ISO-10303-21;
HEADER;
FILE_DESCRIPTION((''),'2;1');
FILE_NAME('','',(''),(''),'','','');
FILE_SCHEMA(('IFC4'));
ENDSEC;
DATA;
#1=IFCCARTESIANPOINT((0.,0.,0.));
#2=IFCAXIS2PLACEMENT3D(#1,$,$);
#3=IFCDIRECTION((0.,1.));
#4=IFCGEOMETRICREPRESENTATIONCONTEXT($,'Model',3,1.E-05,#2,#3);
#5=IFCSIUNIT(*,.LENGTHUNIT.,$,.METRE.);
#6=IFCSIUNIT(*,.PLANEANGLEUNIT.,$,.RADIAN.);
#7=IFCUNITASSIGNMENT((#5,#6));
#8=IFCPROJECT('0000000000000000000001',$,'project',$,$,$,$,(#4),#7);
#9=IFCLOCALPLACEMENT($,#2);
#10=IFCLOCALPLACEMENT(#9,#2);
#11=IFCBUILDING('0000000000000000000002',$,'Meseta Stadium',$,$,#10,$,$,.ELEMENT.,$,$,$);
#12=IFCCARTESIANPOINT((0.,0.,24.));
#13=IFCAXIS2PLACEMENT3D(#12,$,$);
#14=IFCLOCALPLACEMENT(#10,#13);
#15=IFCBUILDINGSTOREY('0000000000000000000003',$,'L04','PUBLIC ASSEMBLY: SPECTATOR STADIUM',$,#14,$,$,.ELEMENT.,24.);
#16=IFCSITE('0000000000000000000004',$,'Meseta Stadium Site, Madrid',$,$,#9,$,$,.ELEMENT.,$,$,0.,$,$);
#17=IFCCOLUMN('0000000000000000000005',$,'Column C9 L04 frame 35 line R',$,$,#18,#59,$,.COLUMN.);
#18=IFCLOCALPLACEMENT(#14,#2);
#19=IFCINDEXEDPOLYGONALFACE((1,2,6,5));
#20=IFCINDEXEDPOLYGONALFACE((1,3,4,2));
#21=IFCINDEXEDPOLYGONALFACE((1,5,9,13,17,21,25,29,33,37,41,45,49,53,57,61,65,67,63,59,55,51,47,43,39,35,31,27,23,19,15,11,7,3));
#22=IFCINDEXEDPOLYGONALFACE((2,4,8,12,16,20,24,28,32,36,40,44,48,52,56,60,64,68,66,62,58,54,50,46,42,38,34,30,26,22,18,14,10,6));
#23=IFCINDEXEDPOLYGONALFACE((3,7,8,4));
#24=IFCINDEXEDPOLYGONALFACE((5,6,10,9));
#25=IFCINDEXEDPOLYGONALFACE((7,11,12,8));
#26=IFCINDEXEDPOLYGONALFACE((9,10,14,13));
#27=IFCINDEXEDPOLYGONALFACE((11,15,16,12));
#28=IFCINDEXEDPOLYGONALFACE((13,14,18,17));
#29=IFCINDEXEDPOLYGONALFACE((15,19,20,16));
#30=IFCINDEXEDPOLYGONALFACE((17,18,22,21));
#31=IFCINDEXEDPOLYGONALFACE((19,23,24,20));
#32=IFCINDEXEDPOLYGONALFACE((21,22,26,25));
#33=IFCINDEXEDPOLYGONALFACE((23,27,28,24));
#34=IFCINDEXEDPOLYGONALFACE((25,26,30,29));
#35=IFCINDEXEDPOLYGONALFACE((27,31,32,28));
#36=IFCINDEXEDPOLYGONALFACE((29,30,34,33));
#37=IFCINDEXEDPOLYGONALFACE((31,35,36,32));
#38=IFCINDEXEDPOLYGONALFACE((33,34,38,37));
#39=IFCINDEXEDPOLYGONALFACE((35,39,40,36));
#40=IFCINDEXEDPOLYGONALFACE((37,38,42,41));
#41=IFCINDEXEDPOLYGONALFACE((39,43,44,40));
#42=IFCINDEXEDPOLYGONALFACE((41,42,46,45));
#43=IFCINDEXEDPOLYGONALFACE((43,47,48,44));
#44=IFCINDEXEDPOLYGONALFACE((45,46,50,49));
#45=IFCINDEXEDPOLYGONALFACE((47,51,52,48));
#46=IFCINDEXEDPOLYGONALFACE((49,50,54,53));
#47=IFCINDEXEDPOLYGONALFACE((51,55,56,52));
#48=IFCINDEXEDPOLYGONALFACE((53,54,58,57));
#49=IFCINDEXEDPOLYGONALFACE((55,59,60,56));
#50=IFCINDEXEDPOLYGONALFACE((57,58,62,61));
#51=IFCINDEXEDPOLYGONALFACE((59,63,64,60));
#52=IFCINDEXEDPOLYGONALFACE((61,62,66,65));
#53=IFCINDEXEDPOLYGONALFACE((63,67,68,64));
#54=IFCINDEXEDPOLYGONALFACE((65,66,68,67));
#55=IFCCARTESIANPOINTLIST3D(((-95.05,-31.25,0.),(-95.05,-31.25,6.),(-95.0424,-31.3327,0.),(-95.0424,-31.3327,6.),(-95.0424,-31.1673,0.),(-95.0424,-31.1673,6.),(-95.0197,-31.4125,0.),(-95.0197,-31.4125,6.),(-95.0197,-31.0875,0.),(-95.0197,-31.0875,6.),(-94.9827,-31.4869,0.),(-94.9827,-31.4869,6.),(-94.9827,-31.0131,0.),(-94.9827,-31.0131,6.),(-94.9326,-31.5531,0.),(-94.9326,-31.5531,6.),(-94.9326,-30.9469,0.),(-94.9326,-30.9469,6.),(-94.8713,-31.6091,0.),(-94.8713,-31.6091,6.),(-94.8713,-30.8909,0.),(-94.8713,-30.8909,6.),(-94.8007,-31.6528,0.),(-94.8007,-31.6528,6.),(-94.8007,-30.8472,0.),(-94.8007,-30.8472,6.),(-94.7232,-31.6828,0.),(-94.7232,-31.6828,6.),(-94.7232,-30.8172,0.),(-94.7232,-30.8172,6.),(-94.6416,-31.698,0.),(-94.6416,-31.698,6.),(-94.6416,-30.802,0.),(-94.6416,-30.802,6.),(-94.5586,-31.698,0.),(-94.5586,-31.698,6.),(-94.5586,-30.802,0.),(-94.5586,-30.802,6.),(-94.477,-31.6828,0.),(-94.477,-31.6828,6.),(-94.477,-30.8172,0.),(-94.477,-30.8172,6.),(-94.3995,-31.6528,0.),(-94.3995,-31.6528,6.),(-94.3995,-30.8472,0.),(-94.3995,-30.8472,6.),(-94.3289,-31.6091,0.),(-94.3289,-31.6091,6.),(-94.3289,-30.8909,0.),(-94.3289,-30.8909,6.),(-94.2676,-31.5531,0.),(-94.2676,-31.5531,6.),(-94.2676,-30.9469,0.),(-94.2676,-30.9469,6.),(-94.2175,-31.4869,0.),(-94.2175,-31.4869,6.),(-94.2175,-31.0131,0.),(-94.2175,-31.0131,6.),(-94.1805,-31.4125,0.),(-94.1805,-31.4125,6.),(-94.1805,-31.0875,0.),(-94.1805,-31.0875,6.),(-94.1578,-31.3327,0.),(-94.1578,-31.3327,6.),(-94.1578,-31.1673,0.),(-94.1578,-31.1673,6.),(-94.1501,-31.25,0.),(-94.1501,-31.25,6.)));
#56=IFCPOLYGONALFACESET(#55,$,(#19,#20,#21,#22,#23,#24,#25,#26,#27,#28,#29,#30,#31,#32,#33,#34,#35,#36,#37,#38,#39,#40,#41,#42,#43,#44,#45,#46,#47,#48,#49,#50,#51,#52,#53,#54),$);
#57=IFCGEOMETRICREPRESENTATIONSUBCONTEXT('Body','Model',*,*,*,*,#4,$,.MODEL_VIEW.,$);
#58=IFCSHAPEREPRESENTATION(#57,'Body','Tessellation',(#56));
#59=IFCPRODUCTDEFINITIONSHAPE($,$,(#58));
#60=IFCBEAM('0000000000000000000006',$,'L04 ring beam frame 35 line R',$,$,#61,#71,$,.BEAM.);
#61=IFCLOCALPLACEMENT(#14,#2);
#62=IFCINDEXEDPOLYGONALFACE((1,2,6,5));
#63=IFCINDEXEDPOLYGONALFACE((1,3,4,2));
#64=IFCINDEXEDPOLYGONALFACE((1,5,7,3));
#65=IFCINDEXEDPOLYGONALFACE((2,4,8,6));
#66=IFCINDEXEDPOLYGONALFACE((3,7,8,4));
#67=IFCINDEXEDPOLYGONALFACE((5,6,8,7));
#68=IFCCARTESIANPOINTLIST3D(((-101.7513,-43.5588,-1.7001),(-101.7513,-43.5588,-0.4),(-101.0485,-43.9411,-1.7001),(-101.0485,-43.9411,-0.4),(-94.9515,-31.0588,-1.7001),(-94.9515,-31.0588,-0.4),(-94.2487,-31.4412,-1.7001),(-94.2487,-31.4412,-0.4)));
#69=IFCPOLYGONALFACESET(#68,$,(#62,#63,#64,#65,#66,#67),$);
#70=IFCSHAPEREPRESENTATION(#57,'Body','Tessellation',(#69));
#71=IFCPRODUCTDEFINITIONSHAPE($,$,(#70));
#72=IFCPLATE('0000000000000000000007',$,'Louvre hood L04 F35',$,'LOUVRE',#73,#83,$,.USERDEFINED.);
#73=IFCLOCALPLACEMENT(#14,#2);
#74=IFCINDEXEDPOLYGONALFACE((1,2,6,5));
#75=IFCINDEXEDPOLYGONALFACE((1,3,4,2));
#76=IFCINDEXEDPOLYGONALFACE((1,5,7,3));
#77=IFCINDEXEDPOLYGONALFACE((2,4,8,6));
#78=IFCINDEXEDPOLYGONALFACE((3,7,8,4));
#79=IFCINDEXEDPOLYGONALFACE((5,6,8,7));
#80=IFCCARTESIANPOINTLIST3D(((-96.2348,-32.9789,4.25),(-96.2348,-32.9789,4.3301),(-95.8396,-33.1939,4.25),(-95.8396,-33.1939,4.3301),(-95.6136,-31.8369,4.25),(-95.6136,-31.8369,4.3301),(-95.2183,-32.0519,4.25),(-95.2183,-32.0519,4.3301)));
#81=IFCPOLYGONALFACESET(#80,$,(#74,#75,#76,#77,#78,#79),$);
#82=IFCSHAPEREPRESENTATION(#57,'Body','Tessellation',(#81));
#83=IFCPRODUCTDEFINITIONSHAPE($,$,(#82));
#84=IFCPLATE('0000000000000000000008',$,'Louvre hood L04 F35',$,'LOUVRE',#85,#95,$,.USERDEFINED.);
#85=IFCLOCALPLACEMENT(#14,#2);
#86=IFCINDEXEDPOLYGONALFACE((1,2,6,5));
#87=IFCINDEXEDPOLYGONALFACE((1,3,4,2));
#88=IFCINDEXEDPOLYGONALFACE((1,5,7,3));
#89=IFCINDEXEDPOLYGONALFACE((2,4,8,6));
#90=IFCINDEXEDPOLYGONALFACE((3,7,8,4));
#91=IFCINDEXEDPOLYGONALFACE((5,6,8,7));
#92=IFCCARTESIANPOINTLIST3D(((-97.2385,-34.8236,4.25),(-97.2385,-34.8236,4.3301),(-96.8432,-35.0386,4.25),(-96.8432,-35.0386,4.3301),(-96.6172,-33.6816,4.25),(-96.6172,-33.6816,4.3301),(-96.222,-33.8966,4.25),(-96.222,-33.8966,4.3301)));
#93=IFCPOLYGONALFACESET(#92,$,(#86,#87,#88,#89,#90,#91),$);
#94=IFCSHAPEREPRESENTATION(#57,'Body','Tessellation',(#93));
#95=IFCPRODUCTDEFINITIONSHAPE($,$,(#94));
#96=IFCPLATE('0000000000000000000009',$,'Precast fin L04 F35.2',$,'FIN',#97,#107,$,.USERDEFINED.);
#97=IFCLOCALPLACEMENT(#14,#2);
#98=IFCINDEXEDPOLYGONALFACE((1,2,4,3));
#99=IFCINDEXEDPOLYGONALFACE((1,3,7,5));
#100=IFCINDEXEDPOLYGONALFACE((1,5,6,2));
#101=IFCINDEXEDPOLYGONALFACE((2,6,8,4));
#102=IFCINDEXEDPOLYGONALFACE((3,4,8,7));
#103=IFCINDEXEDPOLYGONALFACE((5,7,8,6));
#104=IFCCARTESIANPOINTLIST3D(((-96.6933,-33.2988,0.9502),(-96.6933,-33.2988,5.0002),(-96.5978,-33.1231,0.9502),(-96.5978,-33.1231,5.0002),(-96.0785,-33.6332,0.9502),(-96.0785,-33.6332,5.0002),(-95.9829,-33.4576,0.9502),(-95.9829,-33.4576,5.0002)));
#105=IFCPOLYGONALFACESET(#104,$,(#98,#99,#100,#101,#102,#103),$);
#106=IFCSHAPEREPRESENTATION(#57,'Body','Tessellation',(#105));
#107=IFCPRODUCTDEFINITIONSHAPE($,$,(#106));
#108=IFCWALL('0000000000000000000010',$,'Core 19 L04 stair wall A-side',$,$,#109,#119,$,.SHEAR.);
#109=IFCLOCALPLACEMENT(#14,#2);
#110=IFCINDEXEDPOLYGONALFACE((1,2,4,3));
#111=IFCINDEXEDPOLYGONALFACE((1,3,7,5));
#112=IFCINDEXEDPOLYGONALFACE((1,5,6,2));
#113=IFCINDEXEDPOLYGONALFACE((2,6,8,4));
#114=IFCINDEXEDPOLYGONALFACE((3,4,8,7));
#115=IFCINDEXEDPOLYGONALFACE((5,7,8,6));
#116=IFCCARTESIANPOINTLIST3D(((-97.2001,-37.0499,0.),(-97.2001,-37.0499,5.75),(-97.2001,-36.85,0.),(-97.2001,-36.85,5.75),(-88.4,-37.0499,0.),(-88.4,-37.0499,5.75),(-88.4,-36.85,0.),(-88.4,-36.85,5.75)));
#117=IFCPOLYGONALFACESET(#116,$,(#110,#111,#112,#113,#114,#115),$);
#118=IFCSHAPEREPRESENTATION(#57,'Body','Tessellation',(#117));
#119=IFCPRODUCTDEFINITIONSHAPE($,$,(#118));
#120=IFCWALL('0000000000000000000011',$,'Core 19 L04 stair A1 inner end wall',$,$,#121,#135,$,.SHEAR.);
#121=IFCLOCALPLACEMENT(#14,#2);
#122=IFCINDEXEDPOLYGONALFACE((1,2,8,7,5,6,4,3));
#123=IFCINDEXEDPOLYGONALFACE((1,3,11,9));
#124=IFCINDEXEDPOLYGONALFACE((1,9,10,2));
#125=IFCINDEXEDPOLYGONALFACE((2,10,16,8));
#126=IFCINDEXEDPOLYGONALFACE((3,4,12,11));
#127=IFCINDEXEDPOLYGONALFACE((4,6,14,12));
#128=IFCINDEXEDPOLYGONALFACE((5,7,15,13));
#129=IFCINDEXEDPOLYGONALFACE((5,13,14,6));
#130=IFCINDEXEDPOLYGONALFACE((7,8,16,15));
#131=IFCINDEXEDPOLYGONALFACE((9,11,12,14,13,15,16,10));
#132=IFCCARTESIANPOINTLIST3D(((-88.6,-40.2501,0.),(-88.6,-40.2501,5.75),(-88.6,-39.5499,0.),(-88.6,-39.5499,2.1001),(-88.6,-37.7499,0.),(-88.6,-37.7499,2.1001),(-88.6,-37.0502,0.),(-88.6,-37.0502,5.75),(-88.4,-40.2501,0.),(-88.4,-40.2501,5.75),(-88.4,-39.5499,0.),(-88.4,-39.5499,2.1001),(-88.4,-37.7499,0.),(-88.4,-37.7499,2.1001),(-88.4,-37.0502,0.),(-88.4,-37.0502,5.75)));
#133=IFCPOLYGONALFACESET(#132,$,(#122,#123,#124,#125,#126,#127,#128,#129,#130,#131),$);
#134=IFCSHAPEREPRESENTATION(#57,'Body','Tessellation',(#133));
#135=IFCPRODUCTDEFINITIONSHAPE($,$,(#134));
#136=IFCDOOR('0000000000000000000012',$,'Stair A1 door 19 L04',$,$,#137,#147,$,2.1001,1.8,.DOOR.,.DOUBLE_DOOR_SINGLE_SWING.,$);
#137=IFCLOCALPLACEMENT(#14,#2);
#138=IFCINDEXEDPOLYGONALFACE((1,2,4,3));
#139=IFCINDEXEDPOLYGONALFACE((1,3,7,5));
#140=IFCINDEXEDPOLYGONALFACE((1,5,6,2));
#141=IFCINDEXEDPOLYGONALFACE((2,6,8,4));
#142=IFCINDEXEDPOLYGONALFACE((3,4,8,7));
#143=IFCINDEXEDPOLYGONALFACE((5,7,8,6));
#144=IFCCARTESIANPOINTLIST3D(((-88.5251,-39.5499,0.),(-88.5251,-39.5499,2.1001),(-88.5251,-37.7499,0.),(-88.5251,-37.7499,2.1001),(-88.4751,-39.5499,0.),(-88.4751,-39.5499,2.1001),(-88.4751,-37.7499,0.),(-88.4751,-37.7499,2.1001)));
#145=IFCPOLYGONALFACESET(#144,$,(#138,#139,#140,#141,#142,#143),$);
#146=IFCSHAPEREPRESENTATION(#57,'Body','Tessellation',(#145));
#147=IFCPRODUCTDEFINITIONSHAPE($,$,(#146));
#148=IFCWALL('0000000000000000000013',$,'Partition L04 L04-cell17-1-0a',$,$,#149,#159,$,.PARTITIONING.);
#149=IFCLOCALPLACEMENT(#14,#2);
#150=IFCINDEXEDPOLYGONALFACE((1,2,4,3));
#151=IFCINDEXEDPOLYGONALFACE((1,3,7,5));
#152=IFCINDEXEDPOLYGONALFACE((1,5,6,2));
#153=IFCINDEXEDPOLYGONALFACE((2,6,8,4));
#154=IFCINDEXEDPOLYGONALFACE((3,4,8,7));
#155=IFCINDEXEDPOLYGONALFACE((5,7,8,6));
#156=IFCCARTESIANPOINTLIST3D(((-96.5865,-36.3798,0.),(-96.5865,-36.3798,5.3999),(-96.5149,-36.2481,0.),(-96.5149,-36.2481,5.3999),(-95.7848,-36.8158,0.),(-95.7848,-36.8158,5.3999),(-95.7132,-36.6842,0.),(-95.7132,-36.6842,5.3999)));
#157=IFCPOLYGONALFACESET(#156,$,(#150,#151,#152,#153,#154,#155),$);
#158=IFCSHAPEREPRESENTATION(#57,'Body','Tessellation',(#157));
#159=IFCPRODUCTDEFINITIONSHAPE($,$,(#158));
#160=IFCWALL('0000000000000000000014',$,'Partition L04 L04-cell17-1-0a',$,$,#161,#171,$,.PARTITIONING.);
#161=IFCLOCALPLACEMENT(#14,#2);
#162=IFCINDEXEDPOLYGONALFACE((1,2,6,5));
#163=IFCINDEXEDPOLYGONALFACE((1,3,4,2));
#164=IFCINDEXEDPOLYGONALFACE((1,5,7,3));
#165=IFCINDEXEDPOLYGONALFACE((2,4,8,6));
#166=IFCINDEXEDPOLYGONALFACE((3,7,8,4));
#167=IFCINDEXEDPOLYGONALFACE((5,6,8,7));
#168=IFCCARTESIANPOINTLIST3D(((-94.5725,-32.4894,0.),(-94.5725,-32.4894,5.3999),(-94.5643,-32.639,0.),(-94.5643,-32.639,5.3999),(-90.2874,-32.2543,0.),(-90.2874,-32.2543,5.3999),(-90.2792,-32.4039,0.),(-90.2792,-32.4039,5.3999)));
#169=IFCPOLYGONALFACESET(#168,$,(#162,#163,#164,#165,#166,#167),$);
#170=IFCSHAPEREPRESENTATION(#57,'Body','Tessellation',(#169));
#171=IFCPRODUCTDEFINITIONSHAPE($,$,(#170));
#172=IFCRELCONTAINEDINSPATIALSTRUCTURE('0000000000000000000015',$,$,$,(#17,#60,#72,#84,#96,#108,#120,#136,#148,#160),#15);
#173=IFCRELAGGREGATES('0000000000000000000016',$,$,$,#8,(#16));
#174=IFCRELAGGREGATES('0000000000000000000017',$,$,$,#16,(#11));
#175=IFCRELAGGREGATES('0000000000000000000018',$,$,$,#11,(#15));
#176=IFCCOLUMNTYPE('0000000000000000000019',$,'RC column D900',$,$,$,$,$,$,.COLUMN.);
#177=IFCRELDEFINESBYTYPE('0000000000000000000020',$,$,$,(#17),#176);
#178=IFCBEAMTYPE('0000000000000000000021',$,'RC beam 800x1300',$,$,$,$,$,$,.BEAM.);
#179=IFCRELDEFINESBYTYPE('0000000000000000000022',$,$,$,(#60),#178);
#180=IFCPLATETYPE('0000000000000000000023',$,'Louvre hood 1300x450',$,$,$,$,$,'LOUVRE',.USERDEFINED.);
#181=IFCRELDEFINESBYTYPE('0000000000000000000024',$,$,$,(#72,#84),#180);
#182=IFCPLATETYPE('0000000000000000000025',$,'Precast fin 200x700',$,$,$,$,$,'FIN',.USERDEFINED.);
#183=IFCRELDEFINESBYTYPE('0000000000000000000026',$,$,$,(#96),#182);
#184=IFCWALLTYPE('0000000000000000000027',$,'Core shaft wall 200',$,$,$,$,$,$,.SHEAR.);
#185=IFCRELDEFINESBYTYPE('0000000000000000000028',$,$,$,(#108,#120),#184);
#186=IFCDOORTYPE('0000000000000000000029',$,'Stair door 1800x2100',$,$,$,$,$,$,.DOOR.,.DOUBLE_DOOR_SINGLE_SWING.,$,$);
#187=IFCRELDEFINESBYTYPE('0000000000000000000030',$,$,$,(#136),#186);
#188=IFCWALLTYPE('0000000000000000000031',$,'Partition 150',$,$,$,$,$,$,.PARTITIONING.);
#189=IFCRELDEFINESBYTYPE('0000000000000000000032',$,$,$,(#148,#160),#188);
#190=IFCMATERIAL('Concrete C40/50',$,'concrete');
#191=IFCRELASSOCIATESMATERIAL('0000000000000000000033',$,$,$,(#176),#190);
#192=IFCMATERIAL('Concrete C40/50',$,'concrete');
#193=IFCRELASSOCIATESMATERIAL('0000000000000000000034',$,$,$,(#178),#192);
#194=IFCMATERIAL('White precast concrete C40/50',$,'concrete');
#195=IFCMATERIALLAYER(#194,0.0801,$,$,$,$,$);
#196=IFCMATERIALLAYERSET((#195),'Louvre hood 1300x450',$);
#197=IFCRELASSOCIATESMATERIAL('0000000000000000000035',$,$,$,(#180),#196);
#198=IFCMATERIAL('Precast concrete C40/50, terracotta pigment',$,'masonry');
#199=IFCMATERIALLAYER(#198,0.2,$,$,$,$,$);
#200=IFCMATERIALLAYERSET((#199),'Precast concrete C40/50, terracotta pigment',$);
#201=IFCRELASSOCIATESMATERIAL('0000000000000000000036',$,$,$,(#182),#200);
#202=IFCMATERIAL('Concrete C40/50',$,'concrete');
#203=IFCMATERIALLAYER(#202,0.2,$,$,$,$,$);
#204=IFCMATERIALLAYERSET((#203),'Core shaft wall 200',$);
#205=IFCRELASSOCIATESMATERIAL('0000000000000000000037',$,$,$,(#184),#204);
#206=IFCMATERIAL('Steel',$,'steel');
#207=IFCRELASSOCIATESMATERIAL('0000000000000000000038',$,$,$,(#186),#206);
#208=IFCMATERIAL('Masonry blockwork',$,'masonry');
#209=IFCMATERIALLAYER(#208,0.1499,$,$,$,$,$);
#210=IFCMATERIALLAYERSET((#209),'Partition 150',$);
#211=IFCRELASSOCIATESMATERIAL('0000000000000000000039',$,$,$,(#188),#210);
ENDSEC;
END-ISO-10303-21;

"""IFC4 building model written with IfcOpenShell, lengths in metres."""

from ifc_helpers import new_model, si_unit, direction, frame, frame_2d, origin, origin_2d, place, context, subcontext, project, spatial, rectangle, circle, extrude, material, layer, layer_set, material_profile, profile_set, type_object, element, fill, save


model = new_model("IFC4")

# Units and contexts
model_context = context("Model", 3, precision=1e-05, world=origin(), true_north=direction((0.0, 1.0)))
body_context = subcontext(model_context, "Body", "Model", "MODEL_VIEW")
ifc_project = project(units=[si_unit("LENGTHUNIT", "METRE"), si_unit("PLANEANGLEUNIT", "RADIAN")], contexts=[model_context])

# Site, building, storey
site_placement = place(None, origin())
site = spatial("IfcSite", under=ifc_project, at=site_placement, Name="Meseta Stadium Site, Madrid", CompositionType="ELEMENT", RefElevation=0.0)
building_placement = place(site_placement, origin())
building = spatial("IfcBuilding", under=site, at=building_placement, Name="Meseta Stadium", CompositionType="ELEMENT")
storey_placement = place(building_placement, frame((0.0, 0.0, 24.0)))
storey = spatial("IfcBuildingStorey", under=building, at=storey_placement, Name="L04", Description="PUBLIC ASSEMBLY: SPECTATOR STADIUM", CompositionType="ELEMENT", Elevation=24.0)

# Column
ifc_material_1 = material(Name="Concrete C40/50", Category="concrete")
ifc_material_profile_1 = material_profile(ifc_material_1, circle(Radius=0.45, at=origin_2d()), Name="RC D900")
ifc_profile_set_1 = profile_set([ifc_material_profile_1], Name="Concrete C40/50")
column_type = type_object("IfcColumnType", Name="RC column D900", PredefinedType="COLUMN", material=ifc_profile_set_1)
column_placement = place(storey_placement, frame((-94.6001, -31.25, 0.0), z_axis=(0.0, 0.0, 1.0), x_axis=(1.0, 0.0, 0.0)))
element("IfcColumn", 1, at=column_placement, inside=storey, type_object=column_type, Name="Column C9 L04 frame 35 line R", PredefinedType="COLUMN", context=body_context, shape_type="SweptSolid", body=[
    extrude(circle(Radius=0.45, at=origin_2d()), origin(), (0.0, 0.0, 1.0), 6.0),
])

# Beam
ifc_material_2 = material(Name="Concrete C40/50", Category="concrete")
ifc_material_profile_2 = material_profile(ifc_material_2, rectangle(XDim=0.8, YDim=1.3, at=origin_2d()), Name="RC 800x1300")
ifc_profile_set_2 = profile_set([ifc_material_profile_2], Name="Concrete C40/50")
beam_type = type_object("IfcBeamType", Name="RC beam 800x1300", PredefinedType="BEAM", material=ifc_profile_set_2)
beam_placement = place(storey_placement, frame((-94.6001, -31.25, -1.05), z_axis=(-0.477856, -0.878438, 0.0), x_axis=(0.878438, -0.477856, 0.0)))
element("IfcBeam", 2, at=beam_placement, inside=storey, type_object=beam_type, Name="L04 ring beam frame 35 line R", PredefinedType="BEAM", context=body_context, shape_type="SweptSolid", body=[
    extrude(rectangle(XDim=0.8, YDim=1.3, at=origin_2d()), origin(), (0.0, 0.0, 1.0), 14.2297),
])

# Plates
ifc_material_3 = material(Name="White precast concrete C40/50", Category="concrete")
ifc_layer_1 = layer(ifc_material_3, 0.0801)
ifc_layer_set_1 = layer_set([ifc_layer_1], Name="Louvre hood 1300x450")
plate_type_1 = type_object("IfcPlateType", Name="Louvre hood 1300x450", ElementType="LOUVRE", PredefinedType="USERDEFINED", material=ifc_layer_set_1)
for number, where, z_axis, x_axis, name in (
    (3, (-95.7266, -32.5154, 4.25), (0.0, 0.0, 1.0), (-0.477867, -0.878432, 0.0), "Louvre hood L04 F35"),
    (4, (-96.7302, -34.3601, 4.25), (0.0, 0.0, 1.0), (-0.477867, -0.878432, 0.0), "Louvre hood L04 F35"),
):
    element("IfcPlate", number, at=place(storey_placement, frame(where, z_axis=z_axis, x_axis=x_axis)), inside=storey, type_object=plate_type_1, Name=name, ObjectType="LOUVRE", PredefinedType="USERDEFINED", context=body_context, shape_type="SweptSolid", body=[
        extrude(rectangle(XDim=1.3, YDim=0.45, at=origin_2d()), origin(), (0.0, 0.0, 1.0), 0.0801),
    ])
ifc_material_4 = material(Name="Precast concrete C40/50, terracotta pigment", Category="masonry")
ifc_layer_2 = layer(ifc_material_4, 0.2)
ifc_layer_set_2 = layer_set([ifc_layer_2], Name="Precast concrete C40/50, terracotta pigment")
plate_type_2 = type_object("IfcPlateType", Name="Precast fin 200x700", ElementType="FIN", PredefinedType="USERDEFINED", material=ifc_layer_set_2)
plate_placement = place(storey_placement, frame((-96.3381, -33.3782, 0.9502), z_axis=(0.0, 0.0, 1.0), x_axis=(0.477867, 0.878432, 0.0)))
element("IfcPlate", 5, at=plate_placement, inside=storey, type_object=plate_type_2, Name="Precast fin L04 F35.2", ObjectType="FIN", PredefinedType="USERDEFINED", context=body_context, shape_type="SweptSolid", body=[
    extrude(rectangle(XDim=0.2, YDim=0.7, at=origin_2d()), origin(), (0.0, 0.0, 1.0), 4.05),
])

# Wall
ifc_material_5 = material(Name="Concrete C40/50", Category="concrete")
ifc_layer_3 = layer(ifc_material_5, 0.2)
ifc_layer_set_3 = layer_set([ifc_layer_3], Name="Core shaft wall 200")
wall_type_1 = type_object("IfcWallType", Name="Core shaft wall 200", PredefinedType="SHEAR", material=ifc_layer_set_3)
wall_1_placement = place(storey_placement, frame((-97.2, -36.95, 0.0), z_axis=(0.0, 0.0, 1.0), x_axis=(1.0, 0.0, 0.0)))
element("IfcWall", 6, at=wall_1_placement, inside=storey, type_object=wall_type_1, Name="Core 19 L04 stair wall A-side", PredefinedType="SHEAR", context=body_context, shape_type="SweptSolid", body=[
    extrude(rectangle(XDim=8.8, YDim=0.2, at=frame_2d((4.3999, 0.0))), origin(), (0.0, 0.0, 1.0), 5.75),
])

# Wall, opening, door
wall_2_placement = place(storey_placement, frame((-88.5, -37.05, 0.0), z_axis=(0.0, 0.0, 1.0), x_axis=(0.0, -1.0, 0.0)))
wall_2 = element("IfcWall", 7, at=wall_2_placement, inside=storey, type_object=wall_type_1, Name="Core 19 L04 stair A1 inner end wall", PredefinedType="SHEAR", context=body_context, shape_type="SweptSolid", body=[
    extrude(rectangle(XDim=3.2, YDim=0.2, at=frame_2d((1.6001, 0.0))), origin(), (0.0, 0.0, 1.0), 5.75),
])
opening_1_placement = place(wall_2_placement, frame((0.7, 0.0, 0.0)))
opening_1 = element("IfcOpeningElement", 8, at=opening_1_placement, cuts=wall_2, PredefinedType="OPENING", context=body_context, shape_type="SweptSolid", body=[
    extrude(rectangle(XDim=1.8, YDim=2.1001, at=frame_2d((0.8999, 1.05))), frame((0.0, 0.1099, 0.0), z_axis=(0.0, -1.0, 0.0), x_axis=(1.0, 0.0, 0.0)), (0.0, 0.0, 1.0), 0.22),
])
ifc_material_6 = material(Name="Steel", Category="steel")
door_type_1 = type_object("IfcDoorType", Name="Stair door 1800x2100", OperationType="DOUBLE_DOOR_SINGLE_SWING", PredefinedType="DOOR", material=ifc_material_6)
door_1_placement = place(opening_1_placement, origin())
door_1 = element("IfcDoor", 9, at=door_1_placement, inside=storey, type_object=door_type_1, Name="Stair A1 door 19 L04", OperationType="DOUBLE_DOOR_SINGLE_SWING", OverallHeight=2.1001, OverallWidth=1.8, PredefinedType="DOOR", context=body_context, shape_type="SweptSolid", body=[
    extrude(rectangle(XDim=1.8, YDim=2.1001, at=frame_2d((0.8999, 1.05))), frame((0.0, 0.0249, 0.0), z_axis=(0.0, -1.0, 0.0), x_axis=(1.0, 0.0, 0.0)), (0.0, 0.0, 1.0), 0.05),
])
fill(opening_1, door_1)

# Walls
ifc_material_7 = material(Name="Masonry blockwork", Category="masonry")
ifc_layer_4 = layer(ifc_material_7, 0.1499)
ifc_layer_set_4 = layer_set([ifc_layer_4], Name="Partition 150")
wall_type_2 = type_object("IfcWallType", Name="Partition 150", PredefinedType="PARTITIONING", material=ifc_layer_set_4)
wall_3_placement = place(storey_placement, frame((-95.749, -36.75, 0.0), z_axis=(0.0, 0.0, 1.0), x_axis=(-0.878488, 0.477765, 0.0)))
element("IfcWall", 10, at=wall_3_placement, inside=storey, type_object=wall_type_2, Name="Partition L04 L04-cell17-1-0a", PredefinedType="PARTITIONING", context=body_context, shape_type="SweptSolid", body=[
    extrude(rectangle(XDim=0.9126, YDim=0.1499, at=frame_2d((0.4563, 0.0))), origin(), (0.0, 0.0, 1.0), 5.3999),
])
wall_4_placement = place(storey_placement, frame((-94.5684, -32.5642, 0.0), z_axis=(0.0, 0.0, 1.0), x_axis=(0.998498, 0.054783, 0.0)))
element("IfcWall", 11, at=wall_4_placement, inside=storey, type_object=wall_type_2, Name="Partition L04 L04-cell17-1-0a", PredefinedType="PARTITIONING", context=body_context, shape_type="SweptSolid", body=[
    extrude(rectangle(XDim=4.2915, YDim=0.1499, at=frame_2d((2.1458, 0.0))), origin(), (0.0, 0.0, 1.0), 5.3999),
])

save(model, "model.ifc")
